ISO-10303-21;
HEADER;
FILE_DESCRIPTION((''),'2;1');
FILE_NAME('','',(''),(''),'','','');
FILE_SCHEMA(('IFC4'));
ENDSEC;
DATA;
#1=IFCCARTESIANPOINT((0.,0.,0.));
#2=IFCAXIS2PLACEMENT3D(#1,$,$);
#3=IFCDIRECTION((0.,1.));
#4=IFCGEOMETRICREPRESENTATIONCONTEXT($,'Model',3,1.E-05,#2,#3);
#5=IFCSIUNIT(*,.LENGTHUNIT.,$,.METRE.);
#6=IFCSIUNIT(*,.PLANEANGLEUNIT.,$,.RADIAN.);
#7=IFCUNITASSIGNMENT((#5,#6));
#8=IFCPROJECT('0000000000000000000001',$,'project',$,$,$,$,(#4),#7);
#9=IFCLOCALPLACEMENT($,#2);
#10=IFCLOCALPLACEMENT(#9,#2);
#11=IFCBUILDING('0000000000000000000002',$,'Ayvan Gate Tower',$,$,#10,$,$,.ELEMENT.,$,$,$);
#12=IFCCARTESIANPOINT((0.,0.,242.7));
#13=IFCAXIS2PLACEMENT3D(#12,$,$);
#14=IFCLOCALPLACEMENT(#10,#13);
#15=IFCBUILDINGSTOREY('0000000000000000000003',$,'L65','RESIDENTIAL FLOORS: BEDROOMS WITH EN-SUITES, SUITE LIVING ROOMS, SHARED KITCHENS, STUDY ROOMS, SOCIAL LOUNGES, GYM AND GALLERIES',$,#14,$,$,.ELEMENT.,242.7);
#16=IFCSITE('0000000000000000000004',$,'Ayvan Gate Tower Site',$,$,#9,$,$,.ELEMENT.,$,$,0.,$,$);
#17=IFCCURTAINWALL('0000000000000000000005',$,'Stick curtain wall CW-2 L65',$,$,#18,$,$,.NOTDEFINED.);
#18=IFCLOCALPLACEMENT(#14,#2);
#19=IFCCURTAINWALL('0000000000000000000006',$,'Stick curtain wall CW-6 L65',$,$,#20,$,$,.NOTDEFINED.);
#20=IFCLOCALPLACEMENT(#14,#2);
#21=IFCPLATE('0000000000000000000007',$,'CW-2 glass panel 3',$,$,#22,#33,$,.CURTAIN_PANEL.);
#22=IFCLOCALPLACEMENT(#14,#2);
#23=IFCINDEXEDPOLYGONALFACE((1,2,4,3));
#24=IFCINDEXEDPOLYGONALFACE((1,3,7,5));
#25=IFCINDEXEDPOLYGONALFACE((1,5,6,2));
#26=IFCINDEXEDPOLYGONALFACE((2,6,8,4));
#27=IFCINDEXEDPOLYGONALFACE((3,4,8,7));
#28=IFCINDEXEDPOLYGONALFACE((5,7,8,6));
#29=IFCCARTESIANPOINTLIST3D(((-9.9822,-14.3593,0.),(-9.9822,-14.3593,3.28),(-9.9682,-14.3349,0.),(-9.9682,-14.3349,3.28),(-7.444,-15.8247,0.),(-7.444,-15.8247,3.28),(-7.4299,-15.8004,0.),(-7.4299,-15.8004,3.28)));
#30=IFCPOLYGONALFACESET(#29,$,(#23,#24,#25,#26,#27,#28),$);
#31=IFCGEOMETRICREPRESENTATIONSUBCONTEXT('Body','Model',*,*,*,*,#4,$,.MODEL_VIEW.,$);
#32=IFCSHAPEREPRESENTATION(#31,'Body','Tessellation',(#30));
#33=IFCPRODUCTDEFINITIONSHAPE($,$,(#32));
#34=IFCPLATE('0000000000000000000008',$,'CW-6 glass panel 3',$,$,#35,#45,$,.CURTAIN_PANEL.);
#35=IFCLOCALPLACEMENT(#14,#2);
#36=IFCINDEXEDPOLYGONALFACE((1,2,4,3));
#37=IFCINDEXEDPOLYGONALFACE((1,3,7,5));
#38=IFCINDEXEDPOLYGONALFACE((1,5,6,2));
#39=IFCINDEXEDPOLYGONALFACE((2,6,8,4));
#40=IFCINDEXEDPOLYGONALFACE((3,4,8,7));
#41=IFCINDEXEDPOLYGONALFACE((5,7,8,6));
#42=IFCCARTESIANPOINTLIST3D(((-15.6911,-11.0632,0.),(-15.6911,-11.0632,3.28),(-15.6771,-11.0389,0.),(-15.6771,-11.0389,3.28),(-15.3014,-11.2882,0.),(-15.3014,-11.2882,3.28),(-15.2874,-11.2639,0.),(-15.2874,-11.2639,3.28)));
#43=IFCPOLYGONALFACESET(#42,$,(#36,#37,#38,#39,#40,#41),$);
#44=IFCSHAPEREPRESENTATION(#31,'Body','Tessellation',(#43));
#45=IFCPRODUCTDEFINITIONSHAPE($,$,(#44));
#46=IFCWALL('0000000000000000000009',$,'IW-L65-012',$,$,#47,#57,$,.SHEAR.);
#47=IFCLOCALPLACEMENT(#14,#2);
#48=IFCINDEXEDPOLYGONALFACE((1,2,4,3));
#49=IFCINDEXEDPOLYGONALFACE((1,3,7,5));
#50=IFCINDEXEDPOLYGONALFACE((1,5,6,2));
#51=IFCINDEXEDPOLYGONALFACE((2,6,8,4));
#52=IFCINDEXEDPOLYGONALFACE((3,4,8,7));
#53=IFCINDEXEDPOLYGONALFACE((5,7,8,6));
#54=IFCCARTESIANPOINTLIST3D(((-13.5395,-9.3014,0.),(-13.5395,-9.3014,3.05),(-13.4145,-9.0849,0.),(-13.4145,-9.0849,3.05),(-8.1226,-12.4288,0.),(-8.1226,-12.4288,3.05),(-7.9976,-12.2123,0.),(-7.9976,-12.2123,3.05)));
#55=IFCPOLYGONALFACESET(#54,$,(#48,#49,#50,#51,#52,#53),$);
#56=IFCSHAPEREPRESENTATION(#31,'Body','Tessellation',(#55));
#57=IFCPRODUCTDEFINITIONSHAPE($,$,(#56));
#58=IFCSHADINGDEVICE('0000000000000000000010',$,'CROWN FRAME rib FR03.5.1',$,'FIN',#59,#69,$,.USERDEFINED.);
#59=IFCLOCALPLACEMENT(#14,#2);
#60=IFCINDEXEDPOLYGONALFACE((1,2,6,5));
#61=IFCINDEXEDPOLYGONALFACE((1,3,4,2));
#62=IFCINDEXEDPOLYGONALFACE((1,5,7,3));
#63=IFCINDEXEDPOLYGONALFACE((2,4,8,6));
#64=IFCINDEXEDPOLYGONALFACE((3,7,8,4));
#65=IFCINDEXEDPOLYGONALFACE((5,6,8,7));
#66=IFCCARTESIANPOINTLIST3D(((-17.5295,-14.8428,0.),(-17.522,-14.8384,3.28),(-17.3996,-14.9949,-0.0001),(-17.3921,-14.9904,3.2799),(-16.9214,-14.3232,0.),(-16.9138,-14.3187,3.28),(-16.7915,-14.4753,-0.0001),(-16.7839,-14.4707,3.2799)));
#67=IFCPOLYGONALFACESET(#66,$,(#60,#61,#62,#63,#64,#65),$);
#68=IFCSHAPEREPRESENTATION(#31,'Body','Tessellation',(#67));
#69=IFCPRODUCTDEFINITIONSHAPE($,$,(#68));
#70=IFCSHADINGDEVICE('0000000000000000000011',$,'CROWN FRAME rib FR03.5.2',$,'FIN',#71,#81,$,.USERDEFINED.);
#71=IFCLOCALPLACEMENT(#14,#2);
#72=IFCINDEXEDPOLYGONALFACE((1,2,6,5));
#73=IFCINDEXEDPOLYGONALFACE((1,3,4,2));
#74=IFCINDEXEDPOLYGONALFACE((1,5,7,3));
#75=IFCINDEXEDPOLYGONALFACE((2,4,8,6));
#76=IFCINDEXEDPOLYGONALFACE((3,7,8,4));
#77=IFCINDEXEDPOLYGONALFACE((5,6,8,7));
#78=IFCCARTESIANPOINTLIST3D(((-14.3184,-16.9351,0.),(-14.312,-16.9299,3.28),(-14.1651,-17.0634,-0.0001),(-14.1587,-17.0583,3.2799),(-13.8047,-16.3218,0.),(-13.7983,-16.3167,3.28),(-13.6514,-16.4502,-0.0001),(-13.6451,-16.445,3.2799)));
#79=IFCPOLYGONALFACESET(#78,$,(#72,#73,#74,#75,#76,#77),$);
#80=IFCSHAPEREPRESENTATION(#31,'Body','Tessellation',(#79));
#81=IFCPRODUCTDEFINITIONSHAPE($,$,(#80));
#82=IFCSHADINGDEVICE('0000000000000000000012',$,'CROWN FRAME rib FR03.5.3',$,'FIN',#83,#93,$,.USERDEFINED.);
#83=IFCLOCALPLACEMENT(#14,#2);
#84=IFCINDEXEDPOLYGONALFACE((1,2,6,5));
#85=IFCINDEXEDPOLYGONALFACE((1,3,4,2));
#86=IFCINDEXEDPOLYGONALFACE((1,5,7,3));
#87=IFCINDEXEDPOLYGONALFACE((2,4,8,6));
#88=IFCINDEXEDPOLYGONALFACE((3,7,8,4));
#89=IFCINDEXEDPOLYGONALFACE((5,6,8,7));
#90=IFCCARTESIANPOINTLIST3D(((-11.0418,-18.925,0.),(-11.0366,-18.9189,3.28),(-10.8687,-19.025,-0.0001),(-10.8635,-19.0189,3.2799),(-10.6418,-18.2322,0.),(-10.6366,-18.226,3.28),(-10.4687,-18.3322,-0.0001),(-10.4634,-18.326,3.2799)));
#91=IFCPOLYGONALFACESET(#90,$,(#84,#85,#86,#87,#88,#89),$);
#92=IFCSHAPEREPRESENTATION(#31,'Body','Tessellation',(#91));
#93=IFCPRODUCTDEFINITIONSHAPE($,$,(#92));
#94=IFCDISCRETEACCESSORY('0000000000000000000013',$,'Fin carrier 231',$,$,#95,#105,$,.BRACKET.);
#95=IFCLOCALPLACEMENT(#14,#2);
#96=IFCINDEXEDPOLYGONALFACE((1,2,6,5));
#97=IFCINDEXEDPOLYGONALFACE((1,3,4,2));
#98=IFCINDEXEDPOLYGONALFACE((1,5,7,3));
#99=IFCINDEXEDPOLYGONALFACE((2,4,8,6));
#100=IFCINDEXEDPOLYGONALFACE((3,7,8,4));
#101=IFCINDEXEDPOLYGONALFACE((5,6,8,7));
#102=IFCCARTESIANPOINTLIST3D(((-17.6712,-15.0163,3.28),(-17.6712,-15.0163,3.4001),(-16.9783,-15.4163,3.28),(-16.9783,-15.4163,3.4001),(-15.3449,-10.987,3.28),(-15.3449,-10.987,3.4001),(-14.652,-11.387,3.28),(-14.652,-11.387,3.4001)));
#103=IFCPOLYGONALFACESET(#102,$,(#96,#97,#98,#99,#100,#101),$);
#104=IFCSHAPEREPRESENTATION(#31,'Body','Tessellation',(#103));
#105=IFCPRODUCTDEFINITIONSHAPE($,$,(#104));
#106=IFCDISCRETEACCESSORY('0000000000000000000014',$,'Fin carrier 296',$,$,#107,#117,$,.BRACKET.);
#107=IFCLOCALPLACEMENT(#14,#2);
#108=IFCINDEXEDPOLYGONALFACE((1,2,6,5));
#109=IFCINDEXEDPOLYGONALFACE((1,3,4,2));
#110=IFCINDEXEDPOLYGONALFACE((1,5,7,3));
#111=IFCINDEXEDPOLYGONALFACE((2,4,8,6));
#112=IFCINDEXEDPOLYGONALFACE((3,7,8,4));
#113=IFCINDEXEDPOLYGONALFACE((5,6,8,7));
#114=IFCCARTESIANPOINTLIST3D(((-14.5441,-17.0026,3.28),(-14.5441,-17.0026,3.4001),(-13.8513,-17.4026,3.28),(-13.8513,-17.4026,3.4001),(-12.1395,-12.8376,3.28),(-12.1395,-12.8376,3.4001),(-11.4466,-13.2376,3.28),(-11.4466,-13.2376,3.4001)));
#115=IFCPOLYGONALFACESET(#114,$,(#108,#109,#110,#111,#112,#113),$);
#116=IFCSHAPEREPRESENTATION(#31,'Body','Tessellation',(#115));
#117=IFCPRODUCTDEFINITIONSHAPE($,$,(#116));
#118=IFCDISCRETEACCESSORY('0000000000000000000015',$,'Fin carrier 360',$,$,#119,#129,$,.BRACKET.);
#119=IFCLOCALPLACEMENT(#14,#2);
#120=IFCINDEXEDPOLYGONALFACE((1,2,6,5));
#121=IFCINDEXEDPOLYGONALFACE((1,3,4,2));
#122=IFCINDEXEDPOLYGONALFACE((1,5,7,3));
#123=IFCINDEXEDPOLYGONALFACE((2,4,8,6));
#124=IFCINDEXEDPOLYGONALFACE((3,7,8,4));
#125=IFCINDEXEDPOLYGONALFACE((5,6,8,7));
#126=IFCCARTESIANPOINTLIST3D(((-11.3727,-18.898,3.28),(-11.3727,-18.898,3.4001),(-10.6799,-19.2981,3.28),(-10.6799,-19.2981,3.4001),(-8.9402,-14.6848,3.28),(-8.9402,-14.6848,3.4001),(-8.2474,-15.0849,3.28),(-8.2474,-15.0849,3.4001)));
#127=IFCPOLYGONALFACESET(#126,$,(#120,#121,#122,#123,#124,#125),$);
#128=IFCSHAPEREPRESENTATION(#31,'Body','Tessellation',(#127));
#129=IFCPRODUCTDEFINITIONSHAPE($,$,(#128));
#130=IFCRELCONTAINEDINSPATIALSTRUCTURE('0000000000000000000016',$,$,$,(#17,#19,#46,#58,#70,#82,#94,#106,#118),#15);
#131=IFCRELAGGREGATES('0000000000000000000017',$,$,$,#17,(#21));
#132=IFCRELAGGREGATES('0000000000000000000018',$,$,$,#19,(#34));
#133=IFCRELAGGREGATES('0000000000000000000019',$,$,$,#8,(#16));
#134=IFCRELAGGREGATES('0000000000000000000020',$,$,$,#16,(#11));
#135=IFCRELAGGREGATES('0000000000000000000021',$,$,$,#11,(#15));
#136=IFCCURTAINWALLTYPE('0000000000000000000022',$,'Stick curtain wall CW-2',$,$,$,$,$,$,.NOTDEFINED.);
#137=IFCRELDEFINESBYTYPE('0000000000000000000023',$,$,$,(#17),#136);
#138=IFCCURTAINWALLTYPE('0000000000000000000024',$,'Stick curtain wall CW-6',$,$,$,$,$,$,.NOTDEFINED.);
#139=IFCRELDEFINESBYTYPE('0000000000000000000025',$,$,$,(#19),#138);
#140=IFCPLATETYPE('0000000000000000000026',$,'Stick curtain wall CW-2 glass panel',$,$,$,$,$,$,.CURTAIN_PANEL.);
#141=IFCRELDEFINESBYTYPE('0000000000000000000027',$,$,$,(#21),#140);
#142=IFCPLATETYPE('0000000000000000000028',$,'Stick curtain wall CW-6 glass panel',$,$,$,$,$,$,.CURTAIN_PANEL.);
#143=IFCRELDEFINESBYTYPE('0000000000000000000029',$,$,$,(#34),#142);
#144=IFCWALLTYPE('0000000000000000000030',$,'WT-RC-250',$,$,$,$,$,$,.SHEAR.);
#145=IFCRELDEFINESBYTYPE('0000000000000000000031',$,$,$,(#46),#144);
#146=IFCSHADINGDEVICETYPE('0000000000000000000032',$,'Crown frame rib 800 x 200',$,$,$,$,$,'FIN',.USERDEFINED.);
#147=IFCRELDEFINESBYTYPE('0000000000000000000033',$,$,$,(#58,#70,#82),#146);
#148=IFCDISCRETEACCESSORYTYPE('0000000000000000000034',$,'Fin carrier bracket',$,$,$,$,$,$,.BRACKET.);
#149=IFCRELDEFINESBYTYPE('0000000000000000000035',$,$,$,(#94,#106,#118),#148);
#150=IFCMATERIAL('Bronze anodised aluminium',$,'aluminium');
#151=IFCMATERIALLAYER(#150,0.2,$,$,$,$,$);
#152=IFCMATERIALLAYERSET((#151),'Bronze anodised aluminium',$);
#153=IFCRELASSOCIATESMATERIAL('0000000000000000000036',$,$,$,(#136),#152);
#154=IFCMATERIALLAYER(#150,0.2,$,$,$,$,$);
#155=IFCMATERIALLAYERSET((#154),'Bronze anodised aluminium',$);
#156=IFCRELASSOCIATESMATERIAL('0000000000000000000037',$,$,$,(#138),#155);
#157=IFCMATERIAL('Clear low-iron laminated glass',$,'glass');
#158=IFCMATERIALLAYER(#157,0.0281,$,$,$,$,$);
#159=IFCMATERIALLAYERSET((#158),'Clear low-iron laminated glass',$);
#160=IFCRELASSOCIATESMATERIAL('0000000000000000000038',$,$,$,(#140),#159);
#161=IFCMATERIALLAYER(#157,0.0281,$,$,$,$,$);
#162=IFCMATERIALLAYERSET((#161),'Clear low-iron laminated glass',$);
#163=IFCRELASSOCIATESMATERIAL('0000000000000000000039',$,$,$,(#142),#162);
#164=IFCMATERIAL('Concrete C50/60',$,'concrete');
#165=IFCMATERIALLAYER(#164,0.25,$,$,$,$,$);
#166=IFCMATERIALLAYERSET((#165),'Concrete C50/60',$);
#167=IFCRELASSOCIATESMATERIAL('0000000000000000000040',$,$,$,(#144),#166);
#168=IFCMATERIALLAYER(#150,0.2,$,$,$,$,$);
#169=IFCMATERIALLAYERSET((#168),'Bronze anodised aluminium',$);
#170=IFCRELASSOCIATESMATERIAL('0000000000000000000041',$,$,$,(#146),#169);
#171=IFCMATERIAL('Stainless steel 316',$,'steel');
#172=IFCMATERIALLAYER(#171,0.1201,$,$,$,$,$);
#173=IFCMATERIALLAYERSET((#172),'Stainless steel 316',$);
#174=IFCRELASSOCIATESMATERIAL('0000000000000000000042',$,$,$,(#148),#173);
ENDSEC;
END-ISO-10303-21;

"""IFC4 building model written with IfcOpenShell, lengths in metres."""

from ifc_helpers import new_model, si_unit, direction, frame, frame_2d, origin, origin_2d, place, context, subcontext, project, spatial, polyline, rectangle, outline, extrude, material, layer, layer_set, type_object, element, aggregate, save


model = new_model("IFC4")

# Units and contexts
model_context = context("Model", 3, precision=1e-05, world=origin(), true_north=direction((0.0, 1.0)))
body_context = subcontext(model_context, "Body", "Model", "MODEL_VIEW")
ifc_project = project(units=[si_unit("LENGTHUNIT", "METRE"), si_unit("PLANEANGLEUNIT", "RADIAN")], contexts=[model_context])

# Site, building, storey
site_placement = place(None, origin())
site = spatial("IfcSite", under=ifc_project, at=site_placement, Name="Ayvan Gate Tower Site", CompositionType="ELEMENT", RefElevation=0.0)
building_placement = place(site_placement, origin())
building = spatial("IfcBuilding", under=site, at=building_placement, Name="Ayvan Gate Tower", CompositionType="ELEMENT")
storey_placement = place(building_placement, frame((0.0, 0.0, 242.7)))
storey = spatial("IfcBuildingStorey", under=building, at=storey_placement, Name="L65", Description="RESIDENTIAL FLOORS: BEDROOMS WITH EN-SUITES, SUITE LIVING ROOMS, SHARED KITCHENS, STUDY ROOMS, SOCIAL LOUNGES, GYM AND GALLERIES", CompositionType="ELEMENT", Elevation=242.7)

# Shared definitions
ifc_material_1 = material(Name="Concrete C50/60", Category="concrete")

# Curtain walls
ifc_material_2 = material(Name="Bronze anodised aluminium", Category="aluminium")
ifc_layer_1 = layer(ifc_material_2, 0.2)
ifc_layer_set_1 = layer_set([ifc_layer_1], Name="Bronze anodised aluminium")
curtain_wall_type_1 = type_object("IfcCurtainWallType", Name="Stick curtain wall CW-2", PredefinedType="NOTDEFINED", material=ifc_layer_set_1)
curtain_wall_1_placement = place(storey_placement, origin())
curtain_wall_1 = element("IfcCurtainWall", 1, at=curtain_wall_1_placement, inside=storey, type_object=curtain_wall_type_1, Name="Stick curtain wall CW-2 L65", PredefinedType="NOTDEFINED")
ifc_layer_2 = layer(ifc_material_2, 0.2)
ifc_layer_set_2 = layer_set([ifc_layer_2], Name="Bronze anodised aluminium")
curtain_wall_type_2 = type_object("IfcCurtainWallType", Name="Stick curtain wall CW-6", PredefinedType="NOTDEFINED", material=ifc_layer_set_2)
curtain_wall_2_placement = place(storey_placement, origin())
curtain_wall_2 = element("IfcCurtainWall", 2, at=curtain_wall_2_placement, inside=storey, type_object=curtain_wall_type_2, Name="Stick curtain wall CW-6 L65", PredefinedType="NOTDEFINED")

# Plates
ifc_material_3 = material(Name="Clear low-iron laminated glass", Category="glass")
ifc_layer_3 = layer(ifc_material_3, 0.0281)
ifc_layer_set_3 = layer_set([ifc_layer_3], Name="Clear low-iron laminated glass")
plate_type_1 = type_object("IfcPlateType", Name="Stick curtain wall CW-2 glass panel", PredefinedType="CURTAIN_PANEL", material=ifc_layer_set_3)
plate_1_placement = place(storey_placement, frame((-8.7061, -15.0798, 0.0), z_axis=(0.0, 0.0, 1.0), x_axis=(0.866025, -0.5, 0.0)))
plate_1 = element("IfcPlate", 3, at=plate_1_placement, type_object=plate_type_1, Name="CW-2 glass panel 3", PredefinedType="CURTAIN_PANEL", context=body_context, shape_type="SweptSolid", body=[
    extrude(rectangle(XDim=2.9309, YDim=0.0281, at=origin_2d()), origin(), (0.0, 0.0, 1.0), 3.28),
])
aggregate(curtain_wall_1, [plate_1])
ifc_layer_4 = layer(ifc_material_3, 0.0281)
ifc_layer_set_4 = layer_set([ifc_layer_4], Name="Clear low-iron laminated glass")
plate_type_2 = type_object("IfcPlateType", Name="Stick curtain wall CW-6 glass panel", PredefinedType="CURTAIN_PANEL", material=ifc_layer_set_4)
plate_2_placement = place(storey_placement, frame((-15.4893, -11.1636, 0.0), z_axis=(0.0, 0.0, 1.0), x_axis=(0.866025, -0.5, 0.0)))
plate_2 = element("IfcPlate", 4, at=plate_2_placement, type_object=plate_type_2, Name="CW-6 glass panel 3", PredefinedType="CURTAIN_PANEL", context=body_context, shape_type="SweptSolid", body=[
    extrude(rectangle(XDim=0.45, YDim=0.0281, at=origin_2d()), origin(), (0.0, 0.0, 1.0), 3.28),
])
aggregate(curtain_wall_2, [plate_2])

# Wall
ifc_layer_5 = layer(ifc_material_1, 0.25)
ifc_layer_set_5 = layer_set([ifc_layer_5], Name="Concrete C50/60")
wall_type = type_object("IfcWallType", Name="WT-RC-250", PredefinedType="SHEAR", material=ifc_layer_set_5)
wall_placement = place(storey_placement, frame((-8.0601, -12.3206, 0.0), z_axis=(0.0, 0.0, 1.0), x_axis=(-0.86603, 0.499993, 0.0)))
element("IfcWall", 5, at=wall_placement, inside=storey, type_object=wall_type, Name="IW-L65-012", PredefinedType="SHEAR", context=body_context, shape_type="SweptSolid", body=[
    extrude(rectangle(XDim=6.2549, YDim=0.25, at=frame_2d((3.1274, 0.0))), origin(), (0.0, 0.0, 1.0), 3.05),
])

# Shading devices
ifc_layer_6 = layer(ifc_material_2, 0.2)
ifc_layer_set_6 = layer_set([ifc_layer_6], Name="Bronze anodised aluminium")
shading_device_type = type_object("IfcShadingDeviceType", Name="Crown frame rib 800 x 200", ElementType="FIN", PredefinedType="USERDEFINED", material=ifc_layer_set_6)
shading_device_1_placement = place(storey_placement, frame((-16.9214, -14.3232, 0.0), z_axis=(-0.649622, 0.760257, 0.000452), x_axis=(-0.760257, -0.649622, 0.0)))
element("IfcShadingDevice", 6, at=shading_device_1_placement, inside=storey, type_object=shading_device_type, Name="CROWN FRAME rib FR03.5.1", ObjectType="FIN", PredefinedType="USERDEFINED", context=body_context, shape_type="SweptSolid", body=[
    extrude(outline(polyline([(0.0, 0.0), (0.7999, 0.0), (0.7912, 3.28), (-0.0088, 3.28), (0.0, 0.0)])), origin(), (0.0, 0.0, -1.0), 0.2),
])
shading_device_2_placement = place(storey_placement, frame((-13.8047, -16.3218, 0.0), z_axis=(-0.766618, 0.642103, 0.00048), x_axis=(-0.642104, -0.766618, 0.0)))
element("IfcShadingDevice", 7, at=shading_device_2_placement, inside=storey, type_object=shading_device_type, Name="CROWN FRAME rib FR03.5.2", ObjectType="FIN", PredefinedType="USERDEFINED", context=body_context, shape_type="SweptSolid", body=[
    extrude(outline(polyline([(0.0, 0.0), (0.8, 0.0), (0.792, 3.28), (-0.008, 3.28), (0.0, 0.0)])), origin(), (0.0, 0.0, -1.0), 0.2),
])
shading_device_3_placement = place(storey_placement, frame((-10.6418, -18.2322, 0.0), z_axis=(-0.866028, 0.499995, 0.000456), x_axis=(-0.499995, -0.866028, 0.0)))
element("IfcShadingDevice", 8, at=shading_device_3_placement, inside=storey, type_object=shading_device_type, Name="CROWN FRAME rib FR03.5.3", ObjectType="FIN", PredefinedType="USERDEFINED", context=body_context, shape_type="SweptSolid", body=[
    extrude(outline(polyline([(0.0, 0.0), (0.8, 0.0), (0.7921, 3.28), (-0.008, 3.28), (0.0, 0.0)])), origin(), (0.0, 0.0, -1.0), 0.2),
])

# Discrete accessories
ifc_material_4 = material(Name="Stainless steel 316", Category="steel")
ifc_layer_7 = layer(ifc_material_4, 0.1201)
ifc_layer_set_7 = layer_set([ifc_layer_7], Name="Stainless steel 316")
discrete_accessory_type = type_object("IfcDiscreteAccessoryType", Name="Fin carrier bracket", PredefinedType="BRACKET", material=ifc_layer_set_7)
discrete_accessory_1_placement = place(storey_placement, frame((-16.1616, -13.2017, 3.28), z_axis=(0.0, 0.0, 1.0), x_axis=(0.866025, -0.5, 0.0)))
element("IfcDiscreteAccessory", 9, at=discrete_accessory_1_placement, inside=storey, type_object=discrete_accessory_type, Name="Fin carrier 231", PredefinedType="BRACKET", context=body_context, shape_type="SweptSolid", body=[
    extrude(rectangle(XDim=0.8, YDim=4.6526, at=origin_2d()), origin(), (0.0, 0.0, 1.0), 0.1201),
])
discrete_accessory_2_placement = place(storey_placement, frame((-12.9954, -15.1201, 3.28), z_axis=(0.0, 0.0, 1.0), x_axis=(0.866025, -0.5, 0.0)))
element("IfcDiscreteAccessory", 10, at=discrete_accessory_2_placement, inside=storey, type_object=discrete_accessory_type, Name="Fin carrier 296", PredefinedType="BRACKET", context=body_context, shape_type="SweptSolid", body=[
    extrude(rectangle(XDim=0.8, YDim=4.8093, at=origin_2d()), origin(), (0.0, 0.0, 1.0), 0.1201),
])
discrete_accessory_3_placement = place(storey_placement, frame((-9.8101, -16.9915, 3.28), z_axis=(0.0, 0.0, 1.0), x_axis=(0.866025, -0.5, 0.0)))
element("IfcDiscreteAccessory", 11, at=discrete_accessory_3_placement, inside=storey, type_object=discrete_accessory_type, Name="Fin carrier 360", PredefinedType="BRACKET", context=body_context, shape_type="SweptSolid", body=[
    extrude(rectangle(XDim=0.8, YDim=4.865, at=origin_2d()), origin(), (0.0, 0.0, 1.0), 0.1201),
])

save(model, "model.ifc")
